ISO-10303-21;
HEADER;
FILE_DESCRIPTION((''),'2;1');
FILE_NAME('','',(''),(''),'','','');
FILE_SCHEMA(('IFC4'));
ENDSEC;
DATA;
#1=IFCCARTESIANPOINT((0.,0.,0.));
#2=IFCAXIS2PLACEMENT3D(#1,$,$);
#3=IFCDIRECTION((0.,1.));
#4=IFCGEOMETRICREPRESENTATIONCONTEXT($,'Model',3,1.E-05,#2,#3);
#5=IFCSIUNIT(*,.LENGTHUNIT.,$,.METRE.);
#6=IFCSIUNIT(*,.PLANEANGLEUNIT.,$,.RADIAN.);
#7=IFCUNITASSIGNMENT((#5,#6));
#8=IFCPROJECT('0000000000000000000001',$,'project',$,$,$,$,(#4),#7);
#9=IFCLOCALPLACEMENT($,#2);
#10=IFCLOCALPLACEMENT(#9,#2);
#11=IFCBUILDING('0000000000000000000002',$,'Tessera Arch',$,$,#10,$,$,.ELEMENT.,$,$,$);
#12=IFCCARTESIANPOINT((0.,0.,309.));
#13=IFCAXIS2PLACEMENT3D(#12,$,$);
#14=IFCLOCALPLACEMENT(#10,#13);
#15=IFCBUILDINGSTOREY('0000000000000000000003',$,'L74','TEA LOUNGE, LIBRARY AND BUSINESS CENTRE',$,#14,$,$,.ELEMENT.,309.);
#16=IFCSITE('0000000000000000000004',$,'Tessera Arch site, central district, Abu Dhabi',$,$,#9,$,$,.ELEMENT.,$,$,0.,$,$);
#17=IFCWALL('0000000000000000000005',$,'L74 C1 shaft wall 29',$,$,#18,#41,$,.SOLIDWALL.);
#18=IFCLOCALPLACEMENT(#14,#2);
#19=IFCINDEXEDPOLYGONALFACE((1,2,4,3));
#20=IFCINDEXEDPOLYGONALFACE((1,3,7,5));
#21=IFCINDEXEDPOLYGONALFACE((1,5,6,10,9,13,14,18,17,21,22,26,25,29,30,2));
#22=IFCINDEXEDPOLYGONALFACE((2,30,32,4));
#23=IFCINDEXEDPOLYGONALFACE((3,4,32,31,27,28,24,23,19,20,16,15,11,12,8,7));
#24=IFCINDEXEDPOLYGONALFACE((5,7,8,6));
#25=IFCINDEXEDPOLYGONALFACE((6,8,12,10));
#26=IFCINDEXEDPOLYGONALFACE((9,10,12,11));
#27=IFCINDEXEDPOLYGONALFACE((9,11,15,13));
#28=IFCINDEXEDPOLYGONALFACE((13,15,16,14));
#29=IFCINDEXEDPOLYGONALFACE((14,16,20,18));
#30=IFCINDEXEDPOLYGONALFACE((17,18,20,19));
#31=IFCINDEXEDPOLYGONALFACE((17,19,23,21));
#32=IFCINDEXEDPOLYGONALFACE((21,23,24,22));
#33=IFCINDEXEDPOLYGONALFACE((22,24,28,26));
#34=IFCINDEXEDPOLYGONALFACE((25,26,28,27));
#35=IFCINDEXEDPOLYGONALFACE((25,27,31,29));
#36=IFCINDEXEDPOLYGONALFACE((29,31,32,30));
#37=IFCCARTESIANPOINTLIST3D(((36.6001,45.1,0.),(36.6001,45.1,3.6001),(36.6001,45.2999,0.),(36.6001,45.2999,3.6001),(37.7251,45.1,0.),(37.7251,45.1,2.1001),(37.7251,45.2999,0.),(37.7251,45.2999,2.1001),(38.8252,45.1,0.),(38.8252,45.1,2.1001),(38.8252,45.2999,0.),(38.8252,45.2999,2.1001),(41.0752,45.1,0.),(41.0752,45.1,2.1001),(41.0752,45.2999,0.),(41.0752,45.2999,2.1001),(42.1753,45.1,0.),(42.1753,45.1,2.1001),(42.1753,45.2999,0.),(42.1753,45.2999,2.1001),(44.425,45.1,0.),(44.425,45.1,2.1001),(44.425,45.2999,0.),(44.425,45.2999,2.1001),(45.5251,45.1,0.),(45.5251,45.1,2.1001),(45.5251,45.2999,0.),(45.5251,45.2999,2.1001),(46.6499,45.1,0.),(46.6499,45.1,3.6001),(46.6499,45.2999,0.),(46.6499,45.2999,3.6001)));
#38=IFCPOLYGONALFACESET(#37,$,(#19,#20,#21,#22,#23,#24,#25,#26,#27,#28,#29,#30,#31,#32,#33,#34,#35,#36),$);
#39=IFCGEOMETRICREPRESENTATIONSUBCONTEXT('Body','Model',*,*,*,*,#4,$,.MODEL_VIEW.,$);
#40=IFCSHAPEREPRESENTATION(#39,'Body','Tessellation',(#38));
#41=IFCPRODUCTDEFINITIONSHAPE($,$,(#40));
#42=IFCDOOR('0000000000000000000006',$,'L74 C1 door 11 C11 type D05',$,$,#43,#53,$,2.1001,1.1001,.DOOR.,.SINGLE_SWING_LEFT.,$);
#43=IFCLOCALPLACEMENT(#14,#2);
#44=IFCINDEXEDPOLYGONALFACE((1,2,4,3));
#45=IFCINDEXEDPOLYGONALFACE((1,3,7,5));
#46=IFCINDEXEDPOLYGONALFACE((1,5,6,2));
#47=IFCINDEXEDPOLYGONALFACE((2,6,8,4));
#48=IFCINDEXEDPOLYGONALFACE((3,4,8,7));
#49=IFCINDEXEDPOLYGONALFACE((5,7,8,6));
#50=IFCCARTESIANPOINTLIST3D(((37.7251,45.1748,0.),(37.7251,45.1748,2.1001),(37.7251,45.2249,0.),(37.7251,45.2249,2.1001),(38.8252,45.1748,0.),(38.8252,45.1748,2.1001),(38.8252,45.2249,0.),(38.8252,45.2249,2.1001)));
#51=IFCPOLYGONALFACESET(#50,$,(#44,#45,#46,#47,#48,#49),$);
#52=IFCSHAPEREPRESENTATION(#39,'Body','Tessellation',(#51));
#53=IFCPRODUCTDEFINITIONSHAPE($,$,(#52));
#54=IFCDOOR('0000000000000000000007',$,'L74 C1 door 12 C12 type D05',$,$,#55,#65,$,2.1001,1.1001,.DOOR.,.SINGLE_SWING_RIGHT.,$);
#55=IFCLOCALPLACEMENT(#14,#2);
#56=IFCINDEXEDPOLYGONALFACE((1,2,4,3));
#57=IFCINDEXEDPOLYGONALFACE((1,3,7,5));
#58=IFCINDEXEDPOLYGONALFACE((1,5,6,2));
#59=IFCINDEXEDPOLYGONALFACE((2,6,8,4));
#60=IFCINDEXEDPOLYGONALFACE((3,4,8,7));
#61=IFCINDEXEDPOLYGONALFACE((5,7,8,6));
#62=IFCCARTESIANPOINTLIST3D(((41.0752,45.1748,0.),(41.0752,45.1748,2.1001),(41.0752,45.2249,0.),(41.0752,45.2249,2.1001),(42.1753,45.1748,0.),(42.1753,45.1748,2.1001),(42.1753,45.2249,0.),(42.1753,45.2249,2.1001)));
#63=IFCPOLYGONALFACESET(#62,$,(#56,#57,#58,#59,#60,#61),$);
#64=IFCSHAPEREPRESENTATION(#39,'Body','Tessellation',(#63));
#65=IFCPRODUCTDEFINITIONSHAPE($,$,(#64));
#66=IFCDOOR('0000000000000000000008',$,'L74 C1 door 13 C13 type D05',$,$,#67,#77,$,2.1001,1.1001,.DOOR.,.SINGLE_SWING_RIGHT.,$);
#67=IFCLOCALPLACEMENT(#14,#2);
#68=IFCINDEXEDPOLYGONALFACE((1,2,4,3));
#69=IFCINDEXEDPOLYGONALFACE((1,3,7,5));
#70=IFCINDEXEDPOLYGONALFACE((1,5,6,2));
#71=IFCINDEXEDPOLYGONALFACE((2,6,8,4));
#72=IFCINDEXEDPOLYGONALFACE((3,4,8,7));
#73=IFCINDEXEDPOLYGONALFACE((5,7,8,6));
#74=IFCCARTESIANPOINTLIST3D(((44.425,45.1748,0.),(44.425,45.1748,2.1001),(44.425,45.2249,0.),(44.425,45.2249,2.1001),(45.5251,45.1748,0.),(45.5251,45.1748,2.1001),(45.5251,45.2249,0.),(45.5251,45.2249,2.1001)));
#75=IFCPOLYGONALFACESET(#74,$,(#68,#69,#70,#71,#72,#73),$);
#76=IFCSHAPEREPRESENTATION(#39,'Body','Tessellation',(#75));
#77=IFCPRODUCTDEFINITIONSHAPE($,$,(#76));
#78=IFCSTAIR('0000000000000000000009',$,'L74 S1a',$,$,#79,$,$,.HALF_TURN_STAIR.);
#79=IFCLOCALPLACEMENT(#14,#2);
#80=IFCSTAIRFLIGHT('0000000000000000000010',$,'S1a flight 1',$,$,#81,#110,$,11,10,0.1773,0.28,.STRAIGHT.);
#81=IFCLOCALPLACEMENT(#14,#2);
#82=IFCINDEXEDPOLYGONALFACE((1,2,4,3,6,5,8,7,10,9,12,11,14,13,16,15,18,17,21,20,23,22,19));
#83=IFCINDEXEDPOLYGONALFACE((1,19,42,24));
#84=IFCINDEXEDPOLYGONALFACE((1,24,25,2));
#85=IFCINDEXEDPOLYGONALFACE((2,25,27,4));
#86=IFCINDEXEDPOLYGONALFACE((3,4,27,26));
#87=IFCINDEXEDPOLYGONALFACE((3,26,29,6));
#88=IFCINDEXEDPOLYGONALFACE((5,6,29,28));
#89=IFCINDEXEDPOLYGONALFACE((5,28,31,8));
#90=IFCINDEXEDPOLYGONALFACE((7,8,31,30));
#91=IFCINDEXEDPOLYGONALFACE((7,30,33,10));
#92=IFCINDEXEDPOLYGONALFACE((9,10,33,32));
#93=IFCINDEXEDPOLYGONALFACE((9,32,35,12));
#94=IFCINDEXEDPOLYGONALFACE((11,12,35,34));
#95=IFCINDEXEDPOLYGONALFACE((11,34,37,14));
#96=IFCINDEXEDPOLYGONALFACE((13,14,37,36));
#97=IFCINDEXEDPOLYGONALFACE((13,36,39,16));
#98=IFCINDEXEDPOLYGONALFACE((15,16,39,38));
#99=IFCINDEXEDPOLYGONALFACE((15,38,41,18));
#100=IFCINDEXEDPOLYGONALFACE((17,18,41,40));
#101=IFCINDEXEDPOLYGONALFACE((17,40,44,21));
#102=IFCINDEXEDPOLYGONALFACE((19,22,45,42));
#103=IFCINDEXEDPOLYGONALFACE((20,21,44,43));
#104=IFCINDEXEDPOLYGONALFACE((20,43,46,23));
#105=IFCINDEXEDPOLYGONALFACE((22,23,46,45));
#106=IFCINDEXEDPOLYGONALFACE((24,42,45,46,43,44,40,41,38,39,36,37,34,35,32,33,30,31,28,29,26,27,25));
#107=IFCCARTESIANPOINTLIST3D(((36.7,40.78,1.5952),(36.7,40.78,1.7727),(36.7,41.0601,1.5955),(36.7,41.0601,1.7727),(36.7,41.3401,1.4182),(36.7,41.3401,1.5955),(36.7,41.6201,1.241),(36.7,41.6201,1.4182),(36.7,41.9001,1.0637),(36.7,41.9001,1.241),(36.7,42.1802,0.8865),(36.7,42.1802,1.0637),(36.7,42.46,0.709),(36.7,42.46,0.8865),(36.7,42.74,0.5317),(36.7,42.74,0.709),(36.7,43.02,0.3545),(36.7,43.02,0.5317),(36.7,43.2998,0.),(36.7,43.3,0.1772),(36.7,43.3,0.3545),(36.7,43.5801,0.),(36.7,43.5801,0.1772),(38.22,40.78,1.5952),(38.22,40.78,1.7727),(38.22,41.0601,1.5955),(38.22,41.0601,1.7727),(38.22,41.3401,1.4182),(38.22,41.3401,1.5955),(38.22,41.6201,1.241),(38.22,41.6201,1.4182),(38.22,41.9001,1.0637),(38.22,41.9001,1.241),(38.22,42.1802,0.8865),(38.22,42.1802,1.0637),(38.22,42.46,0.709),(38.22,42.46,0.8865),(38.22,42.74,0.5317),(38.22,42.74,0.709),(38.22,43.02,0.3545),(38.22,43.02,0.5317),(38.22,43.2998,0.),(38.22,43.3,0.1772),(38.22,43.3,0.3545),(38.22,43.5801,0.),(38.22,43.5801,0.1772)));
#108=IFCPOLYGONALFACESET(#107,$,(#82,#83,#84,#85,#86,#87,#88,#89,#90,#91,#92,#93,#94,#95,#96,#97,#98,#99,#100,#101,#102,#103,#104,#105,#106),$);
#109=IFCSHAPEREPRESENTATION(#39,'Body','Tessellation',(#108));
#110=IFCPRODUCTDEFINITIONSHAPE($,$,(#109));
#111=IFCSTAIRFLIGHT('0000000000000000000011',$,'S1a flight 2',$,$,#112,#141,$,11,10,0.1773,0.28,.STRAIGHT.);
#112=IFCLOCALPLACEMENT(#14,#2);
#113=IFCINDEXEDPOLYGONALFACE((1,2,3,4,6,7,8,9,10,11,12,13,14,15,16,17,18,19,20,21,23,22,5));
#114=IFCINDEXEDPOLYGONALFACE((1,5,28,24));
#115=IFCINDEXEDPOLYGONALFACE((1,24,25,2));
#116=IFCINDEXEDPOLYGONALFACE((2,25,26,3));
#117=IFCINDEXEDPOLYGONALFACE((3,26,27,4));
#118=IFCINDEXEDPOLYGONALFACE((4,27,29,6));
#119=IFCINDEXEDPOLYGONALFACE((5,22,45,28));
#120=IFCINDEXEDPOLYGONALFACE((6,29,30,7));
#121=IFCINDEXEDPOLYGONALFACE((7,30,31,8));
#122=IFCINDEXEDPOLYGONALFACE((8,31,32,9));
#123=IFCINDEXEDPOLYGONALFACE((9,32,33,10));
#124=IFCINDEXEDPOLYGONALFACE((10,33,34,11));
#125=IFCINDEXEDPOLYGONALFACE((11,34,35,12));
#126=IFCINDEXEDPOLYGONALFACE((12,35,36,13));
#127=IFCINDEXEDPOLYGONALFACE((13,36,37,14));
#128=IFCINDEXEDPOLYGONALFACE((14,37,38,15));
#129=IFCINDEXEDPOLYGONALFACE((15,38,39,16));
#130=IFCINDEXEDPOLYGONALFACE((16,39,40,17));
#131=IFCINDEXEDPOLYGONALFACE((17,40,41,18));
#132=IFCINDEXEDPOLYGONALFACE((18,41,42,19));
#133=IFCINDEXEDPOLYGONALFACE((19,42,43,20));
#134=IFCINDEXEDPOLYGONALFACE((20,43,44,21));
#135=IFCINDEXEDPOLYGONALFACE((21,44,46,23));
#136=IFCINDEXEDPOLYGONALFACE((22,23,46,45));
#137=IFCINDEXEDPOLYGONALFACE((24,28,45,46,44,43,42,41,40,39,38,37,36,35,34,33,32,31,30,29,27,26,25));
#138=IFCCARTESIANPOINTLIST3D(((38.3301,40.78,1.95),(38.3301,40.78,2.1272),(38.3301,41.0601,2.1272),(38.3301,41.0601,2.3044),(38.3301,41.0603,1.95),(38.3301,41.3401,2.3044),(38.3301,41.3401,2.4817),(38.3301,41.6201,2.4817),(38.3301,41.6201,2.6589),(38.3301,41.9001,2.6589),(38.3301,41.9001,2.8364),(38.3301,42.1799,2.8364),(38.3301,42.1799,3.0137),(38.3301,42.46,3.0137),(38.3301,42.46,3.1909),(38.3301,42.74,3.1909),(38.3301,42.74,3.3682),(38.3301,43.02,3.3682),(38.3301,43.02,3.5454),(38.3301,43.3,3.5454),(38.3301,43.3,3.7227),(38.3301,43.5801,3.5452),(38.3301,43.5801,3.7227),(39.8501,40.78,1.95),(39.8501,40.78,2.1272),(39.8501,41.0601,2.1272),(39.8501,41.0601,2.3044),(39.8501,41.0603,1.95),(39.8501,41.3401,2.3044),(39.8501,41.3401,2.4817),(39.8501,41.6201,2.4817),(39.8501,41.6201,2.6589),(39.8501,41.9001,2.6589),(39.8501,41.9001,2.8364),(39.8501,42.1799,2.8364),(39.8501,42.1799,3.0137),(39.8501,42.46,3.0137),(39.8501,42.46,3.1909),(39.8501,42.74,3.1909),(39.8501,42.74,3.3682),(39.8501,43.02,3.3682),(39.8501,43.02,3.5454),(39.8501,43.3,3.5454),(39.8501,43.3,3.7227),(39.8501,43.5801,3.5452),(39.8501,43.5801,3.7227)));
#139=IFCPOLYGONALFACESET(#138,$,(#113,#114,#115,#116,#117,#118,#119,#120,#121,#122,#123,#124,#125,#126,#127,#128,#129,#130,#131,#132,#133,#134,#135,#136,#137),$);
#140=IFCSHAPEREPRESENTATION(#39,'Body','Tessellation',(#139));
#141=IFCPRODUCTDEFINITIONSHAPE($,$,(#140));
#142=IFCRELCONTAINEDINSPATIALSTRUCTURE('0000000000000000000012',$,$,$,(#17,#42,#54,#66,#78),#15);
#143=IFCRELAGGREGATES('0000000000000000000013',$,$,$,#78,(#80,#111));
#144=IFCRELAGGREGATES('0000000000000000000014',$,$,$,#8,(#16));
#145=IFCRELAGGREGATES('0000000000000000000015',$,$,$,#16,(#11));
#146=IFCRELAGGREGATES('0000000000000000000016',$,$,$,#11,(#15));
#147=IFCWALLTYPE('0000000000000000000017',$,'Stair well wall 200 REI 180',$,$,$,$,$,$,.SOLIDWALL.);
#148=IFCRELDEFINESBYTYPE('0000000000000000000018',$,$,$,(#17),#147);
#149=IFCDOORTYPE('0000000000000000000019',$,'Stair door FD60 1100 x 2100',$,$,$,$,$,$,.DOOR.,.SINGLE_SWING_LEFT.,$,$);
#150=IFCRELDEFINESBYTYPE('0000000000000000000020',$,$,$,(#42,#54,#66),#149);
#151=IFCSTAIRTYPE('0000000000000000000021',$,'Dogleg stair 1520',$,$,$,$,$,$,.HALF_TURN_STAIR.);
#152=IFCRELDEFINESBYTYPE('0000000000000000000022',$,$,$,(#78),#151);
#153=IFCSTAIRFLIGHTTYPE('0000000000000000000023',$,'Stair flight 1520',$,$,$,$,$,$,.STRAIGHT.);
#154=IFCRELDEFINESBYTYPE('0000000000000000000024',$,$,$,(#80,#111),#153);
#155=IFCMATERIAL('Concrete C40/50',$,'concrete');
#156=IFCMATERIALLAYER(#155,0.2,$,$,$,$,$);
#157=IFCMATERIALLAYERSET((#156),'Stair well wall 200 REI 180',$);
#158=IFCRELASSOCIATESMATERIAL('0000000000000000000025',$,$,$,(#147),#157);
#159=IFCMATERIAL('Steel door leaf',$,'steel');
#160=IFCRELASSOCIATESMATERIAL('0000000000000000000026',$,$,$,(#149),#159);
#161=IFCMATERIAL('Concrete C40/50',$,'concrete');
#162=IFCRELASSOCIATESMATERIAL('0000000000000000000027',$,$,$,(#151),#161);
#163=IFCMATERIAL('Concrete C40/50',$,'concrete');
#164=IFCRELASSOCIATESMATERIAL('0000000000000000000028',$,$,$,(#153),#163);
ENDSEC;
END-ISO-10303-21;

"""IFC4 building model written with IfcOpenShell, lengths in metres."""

from ifc_helpers import new_model, si_unit, direction, frame, frame_2d, origin, place, context, subcontext, project, spatial, polyline, rectangle, outline, extrude, material, layer, layer_set, type_object, element, fill, aggregate, save


model = new_model("IFC4")

# Units and contexts
model_context = context("Model", 3, precision=1e-05, world=origin(), true_north=direction((0.0, 1.0)))
body_context = subcontext(model_context, "Body", "Model", "MODEL_VIEW")
ifc_project = project(units=[si_unit("LENGTHUNIT", "METRE"), si_unit("PLANEANGLEUNIT", "RADIAN")], contexts=[model_context])

# Site, building, storey
site_placement = place(None, origin())
site = spatial("IfcSite", under=ifc_project, at=site_placement, Name="Tessera Arch site, central district, Abu Dhabi", CompositionType="ELEMENT", RefElevation=0.0)
building_placement = place(site_placement, origin())
building = spatial("IfcBuilding", under=site, at=building_placement, Name="Tessera Arch", CompositionType="ELEMENT")
storey_placement = place(building_placement, frame((0.0, 0.0, 309.0)))
storey = spatial("IfcBuildingStorey", under=building, at=storey_placement, Name="L74", Description="TEA LOUNGE, LIBRARY AND BUSINESS CENTRE", CompositionType="ELEMENT", Elevation=309.0)

# Shared definitions
ifc_material_1 = material(Name="Concrete C40/50", Category="concrete")
ifc_layer_1 = layer(ifc_material_1, 0.2)
ifc_layer_set_1 = layer_set([ifc_layer_1], Name="Stair well wall 200 REI 180")
wall_type_1 = type_object("IfcWallType", Name="Stair well wall 200 REI 180", PredefinedType="SOLIDWALL", material=ifc_layer_set_1)

# Wall, openings, doors
wall_1_placement = place(storey_placement, frame((36.6001, 45.2, 0.0), z_axis=(0.0, 0.0, 1.0), x_axis=(1.0, 0.0, 0.0)))
wall_1 = element("IfcWall", 1, at=wall_1_placement, inside=storey, type_object=wall_type_1, Name="L74 C1 shaft wall 29", PredefinedType="SOLIDWALL", context=body_context, shape_type="SweptSolid", body=[
    extrude(rectangle(XDim=10.0498, YDim=0.2, at=frame_2d((5.0249, 0.0))), origin(), (0.0, 0.0, 1.0), 3.6001),
])
opening_1_placement = place(wall_1_placement, frame((1.125, 0.0, 0.0)))
opening_1 = element("IfcOpeningElement", 2, at=opening_1_placement, cuts=wall_1, PredefinedType="OPENING", context=body_context, shape_type="SweptSolid", body=[
    extrude(rectangle(XDim=1.1001, YDim=2.1001, at=frame_2d((0.55, 1.05))), frame((0.0, 0.1099, 0.0), z_axis=(0.0, -1.0, 0.0), x_axis=(1.0, 0.0, 0.0)), (0.0, 0.0, 1.0), 0.22),
])
opening_2_placement = place(wall_1_placement, frame((4.4751, 0.0, 0.0)))
opening_2 = element("IfcOpeningElement", 3, at=opening_2_placement, cuts=wall_1, PredefinedType="OPENING", context=body_context, shape_type="SweptSolid", body=[
    extrude(rectangle(XDim=1.1001, YDim=2.1001, at=frame_2d((0.55, 1.05))), frame((0.0, 0.1099, 0.0), z_axis=(0.0, -1.0, 0.0), x_axis=(1.0, 0.0, 0.0)), (0.0, 0.0, 1.0), 0.22),
])
opening_3_placement = place(wall_1_placement, frame((7.825, 0.0, 0.0)))
opening_3 = element("IfcOpeningElement", 4, at=opening_3_placement, cuts=wall_1, PredefinedType="OPENING", context=body_context, shape_type="SweptSolid", body=[
    extrude(rectangle(XDim=1.1001, YDim=2.1001, at=frame_2d((0.55, 1.05))), frame((0.0, 0.1099, 0.0), z_axis=(0.0, -1.0, 0.0), x_axis=(1.0, 0.0, 0.0)), (0.0, 0.0, 1.0), 0.22),
])
ifc_material_2 = material(Name="Steel door leaf", Category="steel")
door_type_1 = type_object("IfcDoorType", Name="Stair door FD60 1100 x 2100", OperationType="SINGLE_SWING_LEFT", PredefinedType="DOOR", material=ifc_material_2)
door_1_placement = place(opening_1_placement, origin())
door_1 = element("IfcDoor", 5, at=door_1_placement, inside=storey, type_object=door_type_1, Name="L74 C1 door 11 C11 type D05", OperationType="SINGLE_SWING_LEFT", OverallHeight=2.1001, OverallWidth=1.1001, PredefinedType="DOOR", context=body_context, shape_type="SweptSolid", body=[
    extrude(rectangle(XDim=1.1001, YDim=2.1001, at=frame_2d((0.55, 1.05))), frame((0.0, 0.0249, 0.0), z_axis=(0.0, -1.0, 0.0), x_axis=(1.0, 0.0, 0.0)), (0.0, 0.0, 1.0), 0.05),
])
fill(opening_1, door_1)
door_2_placement = place(opening_2_placement, origin())
door_2 = element("IfcDoor", 6, at=door_2_placement, inside=storey, type_object=door_type_1, Name="L74 C1 door 12 C12 type D05", OperationType="SINGLE_SWING_RIGHT", OverallHeight=2.1001, OverallWidth=1.1001, PredefinedType="DOOR", context=body_context, shape_type="SweptSolid", body=[
    extrude(rectangle(XDim=1.1001, YDim=2.1001, at=frame_2d((0.55, 1.05))), frame((0.0, 0.0249, 0.0), z_axis=(0.0, -1.0, 0.0), x_axis=(1.0, 0.0, 0.0)), (0.0, 0.0, 1.0), 0.05),
])
fill(opening_2, door_2)
door_3_placement = place(opening_3_placement, origin())
door_3 = element("IfcDoor", 7, at=door_3_placement, inside=storey, type_object=door_type_1, Name="L74 C1 door 13 C13 type D05", OperationType="SINGLE_SWING_RIGHT", OverallHeight=2.1001, OverallWidth=1.1001, PredefinedType="DOOR", context=body_context, shape_type="SweptSolid", body=[
    extrude(rectangle(XDim=1.1001, YDim=2.1001, at=frame_2d((0.55, 1.05))), frame((0.0, 0.0249, 0.0), z_axis=(0.0, -1.0, 0.0), x_axis=(1.0, 0.0, 0.0)), (0.0, 0.0, 1.0), 0.05),
])
fill(opening_3, door_3)

# Stair, stair flights
ifc_material_3 = material(Name="Concrete C40/50", Category="concrete")
stair_type = type_object("IfcStairType", Name="Dogleg stair 1520", PredefinedType="HALF_TURN_STAIR", material=ifc_material_3)
stair_placement = place(storey_placement, origin())
stair = element("IfcStair", 8, at=stair_placement, inside=storey, type_object=stair_type, Name="L74 S1a", PredefinedType="HALF_TURN_STAIR")
ifc_material_4 = material(Name="Concrete C40/50", Category="concrete")
stair_flight_type = type_object("IfcStairFlightType", Name="Stair flight 1520", PredefinedType="STRAIGHT", material=ifc_material_4)
stair_flight_1_placement = place(storey_placement, frame((37.46, 43.5801, 0.0), z_axis=(0.0, 0.0, 1.0), x_axis=(0.0, -1.0, 0.0)))
stair_flight_1 = element("IfcStairFlight", 9, at=stair_flight_1_placement, type_object=stair_flight_type, Name="S1a flight 1", NumberOfRisers=11, NumberOfTreads=10, PredefinedType="STRAIGHT", RiserHeight=0.1773, TreadLength=0.28, context=body_context, shape_type="SweptSolid", body=[
    extrude(outline(polyline([(0.0, 0.0), (0.0, 0.1772), (0.28, 0.1772), (0.28, 0.3545), (0.5601, 0.3545), (0.5601, 0.5317), (0.8401, 0.5317), (0.8401, 0.709), (1.1201, 0.709), (1.1201, 0.8865), (1.3999, 0.8865), (1.3999, 1.0637), (1.6799, 1.0637), (1.6799, 1.241), (1.96, 1.241), (1.96, 1.4182), (2.24, 1.4182), (2.24, 1.5955), (2.52, 1.5955), (2.52, 1.7727), (2.8, 1.7727), (2.8, 1.95), (2.8, 1.5952), (0.2803, 0.0), (0.0, 0.0)])), frame((0.0, 0.76, 0.0), z_axis=(0.0, -1.0, 0.0), x_axis=(1.0, 0.0, 0.0)), (0.0, 0.0, 1.0), 1.52),
])
stair_flight_2_placement = place(storey_placement, frame((39.0901, 40.78, 1.95), z_axis=(0.0, 0.0, 1.0), x_axis=(0.0, 1.0, 0.0)))
stair_flight_2 = element("IfcStairFlight", 10, at=stair_flight_2_placement, type_object=stair_flight_type, Name="S1a flight 2", NumberOfRisers=11, NumberOfTreads=10, PredefinedType="STRAIGHT", RiserHeight=0.1773, TreadLength=0.28, context=body_context, shape_type="SweptSolid", body=[
    extrude(outline(polyline([(0.0, 0.0), (0.0, 0.1772), (0.28, 0.1772), (0.28, 0.3545), (0.5601, 0.3545), (0.5601, 0.5317), (0.8401, 0.5317), (0.8401, 0.709), (1.1201, 0.709), (1.1201, 0.8865), (1.3999, 0.8865), (1.3999, 1.0637), (1.6799, 1.0637), (1.6799, 1.241), (1.96, 1.241), (1.96, 1.4182), (2.24, 1.4182), (2.24, 1.5955), (2.52, 1.5955), (2.52, 1.7727), (2.8, 1.7727), (2.8, 1.95), (2.8, 1.5952), (0.2803, 0.0), (0.0, 0.0)])), frame((0.0, 0.76, 0.0), z_axis=(0.0, -1.0, 0.0), x_axis=(1.0, 0.0, 0.0)), (0.0, 0.0, 1.0), 1.52),
])
aggregate(stair, [stair_flight_1, stair_flight_2])

save(model, "model.ifc")
